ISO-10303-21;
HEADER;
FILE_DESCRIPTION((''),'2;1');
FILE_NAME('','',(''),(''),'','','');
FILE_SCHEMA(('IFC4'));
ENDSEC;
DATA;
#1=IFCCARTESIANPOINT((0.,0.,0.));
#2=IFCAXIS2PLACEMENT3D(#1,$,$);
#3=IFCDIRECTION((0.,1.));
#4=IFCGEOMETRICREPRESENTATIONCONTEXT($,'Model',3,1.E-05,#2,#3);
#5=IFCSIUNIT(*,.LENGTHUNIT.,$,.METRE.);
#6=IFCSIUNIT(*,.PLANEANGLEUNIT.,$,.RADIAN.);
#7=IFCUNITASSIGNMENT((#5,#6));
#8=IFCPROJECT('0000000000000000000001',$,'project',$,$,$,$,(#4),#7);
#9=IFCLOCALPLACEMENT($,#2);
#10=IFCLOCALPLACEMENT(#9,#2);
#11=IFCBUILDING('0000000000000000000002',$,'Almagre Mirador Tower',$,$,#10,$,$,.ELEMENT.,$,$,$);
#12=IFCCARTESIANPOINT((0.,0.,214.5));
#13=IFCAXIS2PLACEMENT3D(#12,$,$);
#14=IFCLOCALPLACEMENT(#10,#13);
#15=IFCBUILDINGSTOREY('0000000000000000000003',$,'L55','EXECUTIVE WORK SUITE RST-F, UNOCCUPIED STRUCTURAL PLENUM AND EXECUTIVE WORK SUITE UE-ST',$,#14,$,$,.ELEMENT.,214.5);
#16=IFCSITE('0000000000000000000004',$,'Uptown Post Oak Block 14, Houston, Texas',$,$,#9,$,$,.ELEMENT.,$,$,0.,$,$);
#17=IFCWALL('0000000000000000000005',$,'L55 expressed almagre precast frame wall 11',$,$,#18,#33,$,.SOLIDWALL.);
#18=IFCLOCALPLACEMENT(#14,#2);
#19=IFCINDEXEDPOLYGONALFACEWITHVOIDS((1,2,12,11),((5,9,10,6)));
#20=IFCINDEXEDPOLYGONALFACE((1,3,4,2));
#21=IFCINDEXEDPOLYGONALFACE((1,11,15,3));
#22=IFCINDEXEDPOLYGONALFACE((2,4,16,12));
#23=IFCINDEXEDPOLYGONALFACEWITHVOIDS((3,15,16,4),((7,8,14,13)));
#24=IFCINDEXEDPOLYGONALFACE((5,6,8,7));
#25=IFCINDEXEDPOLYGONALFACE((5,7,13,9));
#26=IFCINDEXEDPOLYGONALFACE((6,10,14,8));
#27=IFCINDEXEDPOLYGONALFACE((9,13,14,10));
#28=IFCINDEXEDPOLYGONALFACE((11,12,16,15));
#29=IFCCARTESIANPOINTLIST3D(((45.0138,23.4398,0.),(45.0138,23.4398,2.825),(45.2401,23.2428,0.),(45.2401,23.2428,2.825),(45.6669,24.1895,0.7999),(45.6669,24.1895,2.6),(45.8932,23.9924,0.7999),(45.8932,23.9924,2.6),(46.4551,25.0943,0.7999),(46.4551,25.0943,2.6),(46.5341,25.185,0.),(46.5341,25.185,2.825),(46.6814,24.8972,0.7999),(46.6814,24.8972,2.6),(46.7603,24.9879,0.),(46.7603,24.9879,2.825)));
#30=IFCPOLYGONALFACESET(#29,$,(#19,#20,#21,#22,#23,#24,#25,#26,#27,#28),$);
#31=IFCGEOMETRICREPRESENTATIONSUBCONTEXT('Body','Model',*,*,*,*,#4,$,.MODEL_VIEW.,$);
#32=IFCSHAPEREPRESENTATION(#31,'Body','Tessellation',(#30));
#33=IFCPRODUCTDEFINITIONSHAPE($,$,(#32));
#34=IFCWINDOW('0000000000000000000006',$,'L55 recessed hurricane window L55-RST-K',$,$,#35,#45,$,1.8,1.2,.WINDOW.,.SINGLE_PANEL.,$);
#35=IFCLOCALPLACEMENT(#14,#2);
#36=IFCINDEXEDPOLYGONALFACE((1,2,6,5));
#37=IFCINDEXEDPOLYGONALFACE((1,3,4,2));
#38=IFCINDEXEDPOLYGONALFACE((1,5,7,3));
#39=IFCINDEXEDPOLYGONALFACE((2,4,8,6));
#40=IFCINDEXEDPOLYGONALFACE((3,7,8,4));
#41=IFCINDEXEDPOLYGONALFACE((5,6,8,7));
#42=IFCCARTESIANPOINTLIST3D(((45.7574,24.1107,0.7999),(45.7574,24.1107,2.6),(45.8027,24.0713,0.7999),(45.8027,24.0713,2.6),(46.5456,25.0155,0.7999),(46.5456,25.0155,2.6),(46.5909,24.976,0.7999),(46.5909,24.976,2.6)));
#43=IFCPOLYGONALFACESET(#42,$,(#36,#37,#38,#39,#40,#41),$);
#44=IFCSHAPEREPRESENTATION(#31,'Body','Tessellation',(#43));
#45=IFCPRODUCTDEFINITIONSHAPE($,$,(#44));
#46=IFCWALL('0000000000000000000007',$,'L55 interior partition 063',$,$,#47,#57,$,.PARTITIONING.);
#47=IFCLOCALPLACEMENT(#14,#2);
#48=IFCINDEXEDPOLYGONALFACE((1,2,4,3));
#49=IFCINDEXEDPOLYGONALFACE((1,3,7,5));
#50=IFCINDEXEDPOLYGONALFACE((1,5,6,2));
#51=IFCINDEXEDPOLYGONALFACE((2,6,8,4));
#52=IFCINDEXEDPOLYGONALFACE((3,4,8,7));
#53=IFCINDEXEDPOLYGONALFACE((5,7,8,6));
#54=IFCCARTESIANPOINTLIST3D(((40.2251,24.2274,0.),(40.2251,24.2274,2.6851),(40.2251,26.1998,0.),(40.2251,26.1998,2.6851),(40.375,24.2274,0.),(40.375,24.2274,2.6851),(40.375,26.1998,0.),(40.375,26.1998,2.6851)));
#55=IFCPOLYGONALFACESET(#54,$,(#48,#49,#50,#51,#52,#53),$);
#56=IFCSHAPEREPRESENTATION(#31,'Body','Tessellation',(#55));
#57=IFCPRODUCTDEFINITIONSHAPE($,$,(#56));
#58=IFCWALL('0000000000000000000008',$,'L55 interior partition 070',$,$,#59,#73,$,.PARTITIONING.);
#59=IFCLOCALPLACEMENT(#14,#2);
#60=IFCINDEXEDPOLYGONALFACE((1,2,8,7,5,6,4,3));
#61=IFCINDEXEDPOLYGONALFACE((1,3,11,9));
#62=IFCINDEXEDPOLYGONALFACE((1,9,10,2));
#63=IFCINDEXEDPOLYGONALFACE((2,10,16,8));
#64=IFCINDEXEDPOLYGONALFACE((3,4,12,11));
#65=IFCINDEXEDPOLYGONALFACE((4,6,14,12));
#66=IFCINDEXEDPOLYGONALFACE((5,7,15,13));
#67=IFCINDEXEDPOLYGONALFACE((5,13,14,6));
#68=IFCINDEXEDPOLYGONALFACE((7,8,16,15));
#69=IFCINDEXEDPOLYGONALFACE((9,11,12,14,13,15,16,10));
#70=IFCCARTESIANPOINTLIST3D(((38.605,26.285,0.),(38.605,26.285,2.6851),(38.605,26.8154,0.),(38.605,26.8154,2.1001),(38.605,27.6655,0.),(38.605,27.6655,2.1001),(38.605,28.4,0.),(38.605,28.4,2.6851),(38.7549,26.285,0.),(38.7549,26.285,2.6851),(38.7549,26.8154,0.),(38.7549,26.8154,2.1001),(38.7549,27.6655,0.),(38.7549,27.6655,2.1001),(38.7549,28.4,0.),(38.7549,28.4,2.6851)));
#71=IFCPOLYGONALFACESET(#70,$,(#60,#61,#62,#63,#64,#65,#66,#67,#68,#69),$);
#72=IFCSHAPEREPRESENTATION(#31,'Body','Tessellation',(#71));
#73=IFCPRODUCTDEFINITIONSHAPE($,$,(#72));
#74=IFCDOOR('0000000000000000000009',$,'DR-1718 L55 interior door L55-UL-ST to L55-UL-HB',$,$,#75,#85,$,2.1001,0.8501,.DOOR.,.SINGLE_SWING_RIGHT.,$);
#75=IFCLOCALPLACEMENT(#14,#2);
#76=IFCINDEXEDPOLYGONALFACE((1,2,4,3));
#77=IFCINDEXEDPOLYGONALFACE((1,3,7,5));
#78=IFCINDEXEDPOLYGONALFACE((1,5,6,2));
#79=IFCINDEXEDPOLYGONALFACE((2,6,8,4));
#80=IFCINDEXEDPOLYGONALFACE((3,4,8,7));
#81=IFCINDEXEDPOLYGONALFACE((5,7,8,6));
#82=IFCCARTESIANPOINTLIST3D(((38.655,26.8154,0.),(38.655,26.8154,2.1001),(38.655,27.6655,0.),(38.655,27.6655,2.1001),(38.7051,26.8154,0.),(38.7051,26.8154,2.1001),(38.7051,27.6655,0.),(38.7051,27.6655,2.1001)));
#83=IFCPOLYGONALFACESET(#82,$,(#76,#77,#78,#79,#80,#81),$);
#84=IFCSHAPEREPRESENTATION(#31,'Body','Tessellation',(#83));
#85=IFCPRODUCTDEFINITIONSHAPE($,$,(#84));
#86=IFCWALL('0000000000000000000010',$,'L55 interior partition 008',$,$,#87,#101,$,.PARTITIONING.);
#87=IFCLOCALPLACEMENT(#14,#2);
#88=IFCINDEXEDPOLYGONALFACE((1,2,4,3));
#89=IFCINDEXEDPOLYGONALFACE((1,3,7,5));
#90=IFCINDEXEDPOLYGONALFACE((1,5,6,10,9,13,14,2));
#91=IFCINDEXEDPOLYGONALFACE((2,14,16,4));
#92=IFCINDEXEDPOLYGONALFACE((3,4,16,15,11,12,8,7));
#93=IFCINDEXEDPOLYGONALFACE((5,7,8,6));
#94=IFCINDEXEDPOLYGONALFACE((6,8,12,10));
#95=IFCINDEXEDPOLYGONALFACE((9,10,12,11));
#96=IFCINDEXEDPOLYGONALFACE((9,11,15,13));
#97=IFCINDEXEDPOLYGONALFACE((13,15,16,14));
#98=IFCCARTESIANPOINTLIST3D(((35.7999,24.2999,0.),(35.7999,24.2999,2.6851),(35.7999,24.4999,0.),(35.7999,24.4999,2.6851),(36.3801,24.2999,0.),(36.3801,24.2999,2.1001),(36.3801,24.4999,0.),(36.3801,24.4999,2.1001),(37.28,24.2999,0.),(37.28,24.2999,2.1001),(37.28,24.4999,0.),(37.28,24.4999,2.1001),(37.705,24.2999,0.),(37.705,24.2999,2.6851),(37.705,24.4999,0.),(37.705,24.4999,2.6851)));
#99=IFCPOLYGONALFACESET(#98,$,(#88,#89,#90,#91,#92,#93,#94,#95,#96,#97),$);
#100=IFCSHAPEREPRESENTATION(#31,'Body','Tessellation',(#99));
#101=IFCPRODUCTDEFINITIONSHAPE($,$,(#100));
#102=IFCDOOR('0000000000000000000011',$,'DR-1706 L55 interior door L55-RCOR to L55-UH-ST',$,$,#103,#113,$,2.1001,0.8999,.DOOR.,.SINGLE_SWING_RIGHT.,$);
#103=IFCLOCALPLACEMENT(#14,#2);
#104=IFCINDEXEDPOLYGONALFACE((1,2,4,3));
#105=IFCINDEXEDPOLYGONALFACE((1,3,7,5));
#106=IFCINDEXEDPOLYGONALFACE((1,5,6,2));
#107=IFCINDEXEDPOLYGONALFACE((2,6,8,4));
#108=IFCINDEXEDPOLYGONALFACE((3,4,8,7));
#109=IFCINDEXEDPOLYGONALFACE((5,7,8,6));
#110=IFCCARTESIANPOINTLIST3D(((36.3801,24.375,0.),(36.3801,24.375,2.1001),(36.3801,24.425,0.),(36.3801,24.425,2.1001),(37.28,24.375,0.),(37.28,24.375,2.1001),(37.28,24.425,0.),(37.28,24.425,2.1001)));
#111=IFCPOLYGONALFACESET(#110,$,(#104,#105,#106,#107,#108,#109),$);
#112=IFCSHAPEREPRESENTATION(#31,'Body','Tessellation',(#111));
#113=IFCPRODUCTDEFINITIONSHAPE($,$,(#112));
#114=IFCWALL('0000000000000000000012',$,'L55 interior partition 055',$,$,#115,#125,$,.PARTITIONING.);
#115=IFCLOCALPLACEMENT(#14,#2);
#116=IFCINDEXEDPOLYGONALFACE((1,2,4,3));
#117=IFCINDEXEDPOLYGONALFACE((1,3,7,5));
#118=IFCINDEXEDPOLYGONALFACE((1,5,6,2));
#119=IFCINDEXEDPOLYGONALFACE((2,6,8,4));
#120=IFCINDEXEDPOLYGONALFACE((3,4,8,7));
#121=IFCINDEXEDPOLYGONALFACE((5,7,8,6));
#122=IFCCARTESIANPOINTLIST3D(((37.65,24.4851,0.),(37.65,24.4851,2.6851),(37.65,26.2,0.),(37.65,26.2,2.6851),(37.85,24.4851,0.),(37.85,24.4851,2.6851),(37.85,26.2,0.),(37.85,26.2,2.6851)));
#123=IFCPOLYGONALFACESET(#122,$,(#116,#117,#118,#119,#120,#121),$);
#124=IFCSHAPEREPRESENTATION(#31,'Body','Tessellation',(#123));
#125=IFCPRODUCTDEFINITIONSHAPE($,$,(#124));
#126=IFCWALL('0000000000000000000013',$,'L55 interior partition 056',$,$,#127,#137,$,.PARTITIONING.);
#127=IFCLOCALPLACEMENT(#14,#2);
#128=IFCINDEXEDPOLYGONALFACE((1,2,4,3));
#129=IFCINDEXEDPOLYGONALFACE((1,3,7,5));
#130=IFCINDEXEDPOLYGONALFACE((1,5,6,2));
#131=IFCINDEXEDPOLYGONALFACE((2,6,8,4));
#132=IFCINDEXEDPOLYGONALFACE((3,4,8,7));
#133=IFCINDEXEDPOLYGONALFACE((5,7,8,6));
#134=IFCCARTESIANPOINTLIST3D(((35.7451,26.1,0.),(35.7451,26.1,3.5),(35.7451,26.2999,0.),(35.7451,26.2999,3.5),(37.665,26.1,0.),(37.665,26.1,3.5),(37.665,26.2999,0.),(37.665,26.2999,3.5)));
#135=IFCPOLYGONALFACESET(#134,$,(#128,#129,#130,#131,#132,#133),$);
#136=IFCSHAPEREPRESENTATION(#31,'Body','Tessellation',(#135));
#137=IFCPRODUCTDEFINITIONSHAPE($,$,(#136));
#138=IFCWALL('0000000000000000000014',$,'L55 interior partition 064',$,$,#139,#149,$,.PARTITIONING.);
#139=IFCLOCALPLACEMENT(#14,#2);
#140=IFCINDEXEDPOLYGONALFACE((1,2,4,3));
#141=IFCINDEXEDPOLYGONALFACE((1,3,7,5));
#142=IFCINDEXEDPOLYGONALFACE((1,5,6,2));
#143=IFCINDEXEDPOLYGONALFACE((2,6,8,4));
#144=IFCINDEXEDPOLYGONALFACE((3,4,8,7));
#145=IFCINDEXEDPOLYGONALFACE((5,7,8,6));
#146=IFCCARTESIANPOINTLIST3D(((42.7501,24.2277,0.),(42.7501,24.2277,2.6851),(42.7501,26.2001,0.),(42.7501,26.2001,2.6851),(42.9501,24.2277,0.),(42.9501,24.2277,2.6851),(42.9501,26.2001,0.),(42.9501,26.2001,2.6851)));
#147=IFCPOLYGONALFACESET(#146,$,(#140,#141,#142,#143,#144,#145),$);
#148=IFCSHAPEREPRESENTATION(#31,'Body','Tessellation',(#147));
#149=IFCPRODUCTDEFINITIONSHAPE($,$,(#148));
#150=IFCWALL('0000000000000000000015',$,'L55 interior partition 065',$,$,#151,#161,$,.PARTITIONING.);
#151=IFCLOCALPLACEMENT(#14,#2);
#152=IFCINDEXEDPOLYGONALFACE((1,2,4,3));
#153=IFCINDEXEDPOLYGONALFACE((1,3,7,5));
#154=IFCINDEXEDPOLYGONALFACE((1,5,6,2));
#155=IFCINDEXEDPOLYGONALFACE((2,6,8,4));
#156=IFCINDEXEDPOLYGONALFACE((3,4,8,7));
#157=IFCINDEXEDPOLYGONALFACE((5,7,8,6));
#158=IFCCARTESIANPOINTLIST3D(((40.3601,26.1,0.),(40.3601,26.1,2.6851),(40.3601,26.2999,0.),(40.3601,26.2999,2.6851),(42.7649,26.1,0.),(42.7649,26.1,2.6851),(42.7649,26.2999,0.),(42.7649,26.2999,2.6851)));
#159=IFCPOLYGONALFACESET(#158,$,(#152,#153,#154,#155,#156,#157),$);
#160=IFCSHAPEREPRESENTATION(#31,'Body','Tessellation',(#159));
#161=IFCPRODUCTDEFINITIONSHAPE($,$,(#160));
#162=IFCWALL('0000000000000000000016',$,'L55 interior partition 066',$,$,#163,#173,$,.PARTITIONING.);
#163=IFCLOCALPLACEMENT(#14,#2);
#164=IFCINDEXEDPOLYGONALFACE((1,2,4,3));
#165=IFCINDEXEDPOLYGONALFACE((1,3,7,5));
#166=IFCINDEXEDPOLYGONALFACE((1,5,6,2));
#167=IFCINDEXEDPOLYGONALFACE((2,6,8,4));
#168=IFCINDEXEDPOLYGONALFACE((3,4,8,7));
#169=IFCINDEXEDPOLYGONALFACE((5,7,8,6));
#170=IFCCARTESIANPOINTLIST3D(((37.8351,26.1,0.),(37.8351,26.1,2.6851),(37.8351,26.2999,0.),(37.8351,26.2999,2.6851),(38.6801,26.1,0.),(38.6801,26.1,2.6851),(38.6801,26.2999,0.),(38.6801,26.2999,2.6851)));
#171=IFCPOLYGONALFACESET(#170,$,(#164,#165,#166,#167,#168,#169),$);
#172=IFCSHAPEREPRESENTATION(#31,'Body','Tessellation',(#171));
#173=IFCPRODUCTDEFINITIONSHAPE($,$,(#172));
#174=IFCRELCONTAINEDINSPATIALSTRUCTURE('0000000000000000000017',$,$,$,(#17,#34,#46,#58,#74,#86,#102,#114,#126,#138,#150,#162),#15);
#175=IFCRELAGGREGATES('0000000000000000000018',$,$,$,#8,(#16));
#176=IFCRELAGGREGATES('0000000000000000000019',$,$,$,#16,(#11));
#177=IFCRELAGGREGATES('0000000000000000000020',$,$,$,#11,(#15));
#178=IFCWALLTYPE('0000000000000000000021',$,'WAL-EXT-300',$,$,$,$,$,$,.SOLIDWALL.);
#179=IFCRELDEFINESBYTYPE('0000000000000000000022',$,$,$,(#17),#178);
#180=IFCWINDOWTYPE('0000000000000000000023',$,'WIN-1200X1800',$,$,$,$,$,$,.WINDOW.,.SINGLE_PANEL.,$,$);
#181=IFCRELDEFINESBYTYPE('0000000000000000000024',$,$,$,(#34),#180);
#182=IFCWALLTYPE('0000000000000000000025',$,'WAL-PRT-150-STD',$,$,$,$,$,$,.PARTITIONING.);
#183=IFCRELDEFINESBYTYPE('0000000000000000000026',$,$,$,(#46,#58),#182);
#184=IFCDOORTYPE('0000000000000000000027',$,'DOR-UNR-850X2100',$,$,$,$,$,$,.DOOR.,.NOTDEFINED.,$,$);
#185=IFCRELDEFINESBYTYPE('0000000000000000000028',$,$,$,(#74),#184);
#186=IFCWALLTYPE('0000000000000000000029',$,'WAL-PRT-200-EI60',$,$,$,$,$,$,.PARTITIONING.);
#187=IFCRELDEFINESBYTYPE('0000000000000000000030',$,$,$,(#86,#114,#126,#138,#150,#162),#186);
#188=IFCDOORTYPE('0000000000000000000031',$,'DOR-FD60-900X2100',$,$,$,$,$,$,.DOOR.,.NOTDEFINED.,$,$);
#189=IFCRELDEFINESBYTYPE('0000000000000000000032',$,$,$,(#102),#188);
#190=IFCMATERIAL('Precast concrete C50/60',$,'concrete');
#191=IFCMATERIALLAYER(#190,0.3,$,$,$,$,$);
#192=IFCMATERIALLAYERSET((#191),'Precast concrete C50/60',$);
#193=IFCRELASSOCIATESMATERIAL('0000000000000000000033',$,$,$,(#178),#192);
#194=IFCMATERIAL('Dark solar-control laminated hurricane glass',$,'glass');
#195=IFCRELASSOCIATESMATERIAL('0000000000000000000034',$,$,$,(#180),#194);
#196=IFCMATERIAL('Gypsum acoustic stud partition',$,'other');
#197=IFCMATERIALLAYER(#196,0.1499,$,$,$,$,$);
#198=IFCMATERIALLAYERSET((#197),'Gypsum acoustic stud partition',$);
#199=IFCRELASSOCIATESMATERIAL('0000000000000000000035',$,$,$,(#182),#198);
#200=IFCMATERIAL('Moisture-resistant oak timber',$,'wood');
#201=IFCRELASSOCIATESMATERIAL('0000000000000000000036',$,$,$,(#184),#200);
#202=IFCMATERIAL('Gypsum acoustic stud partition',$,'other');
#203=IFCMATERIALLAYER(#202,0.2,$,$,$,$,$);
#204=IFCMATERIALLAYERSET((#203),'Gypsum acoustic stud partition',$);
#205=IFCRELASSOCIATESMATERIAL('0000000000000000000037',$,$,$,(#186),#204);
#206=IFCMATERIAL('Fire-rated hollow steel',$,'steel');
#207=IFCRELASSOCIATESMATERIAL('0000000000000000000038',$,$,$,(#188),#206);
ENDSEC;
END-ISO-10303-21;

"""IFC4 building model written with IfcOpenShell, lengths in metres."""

from ifc_helpers import new_model, si_unit, direction, frame, frame_2d, origin, place, context, subcontext, project, spatial, rectangle, extrude, material, layer, layer_set, type_object, element, fill, save


model = new_model("IFC4")

# Units and contexts
model_context = context("Model", 3, precision=1e-05, world=origin(), true_north=direction((0.0, 1.0)))
body_context = subcontext(model_context, "Body", "Model", "MODEL_VIEW")
ifc_project = project(units=[si_unit("LENGTHUNIT", "METRE"), si_unit("PLANEANGLEUNIT", "RADIAN")], contexts=[model_context])

# Site, building, storey
site_placement = place(None, origin())
site = spatial("IfcSite", under=ifc_project, at=site_placement, Name="Uptown Post Oak Block 14, Houston, Texas", CompositionType="ELEMENT", RefElevation=0.0)
building_placement = place(site_placement, origin())
building = spatial("IfcBuilding", under=site, at=building_placement, Name="Almagre Mirador Tower", CompositionType="ELEMENT")
storey_placement = place(building_placement, frame((0.0, 0.0, 214.5)))
storey = spatial("IfcBuildingStorey", under=building, at=storey_placement, Name="L55", Description="EXECUTIVE WORK SUITE RST-F, UNOCCUPIED STRUCTURAL PLENUM AND EXECUTIVE WORK SUITE UE-ST", CompositionType="ELEMENT", Elevation=214.5)

# Wall, opening, window
ifc_material_1 = material(Name="Precast concrete C50/60", Category="concrete")
ifc_layer_1 = layer(ifc_material_1, 0.3)
ifc_layer_set_1 = layer_set([ifc_layer_1], Name="Precast concrete C50/60")
wall_type_1 = type_object("IfcWallType", Name="WAL-EXT-300", PredefinedType="SOLIDWALL", material=ifc_layer_set_1)
wall_1_placement = place(storey_placement, frame((46.6472, 25.0864, 0.0), z_axis=(0.0, 0.0, 1.0), x_axis=(-0.65686, -0.754012, 0.0)))
wall_1 = element("IfcWall", 1, at=wall_1_placement, inside=storey, type_object=wall_type_1, Name="L55 expressed almagre precast frame wall 11", PredefinedType="SOLIDWALL", context=body_context, shape_type="SweptSolid", body=[
    extrude(rectangle(XDim=2.3145, YDim=0.3, at=frame_2d((1.1572, 0.0))), origin(), (0.0, 0.0, 1.0), 2.825),
])
opening_1_placement = place(wall_1_placement, frame((0.1201, 0.0, 0.8)))
opening_1 = element("IfcOpeningElement", 2, at=opening_1_placement, cuts=wall_1, PredefinedType="OPENING", context=body_context, shape_type="SweptSolid", body=[
    extrude(rectangle(XDim=1.2, YDim=1.8, at=frame_2d((0.6001, 0.8999))), frame((0.0, 0.1599, 0.0), z_axis=(0.0, -1.0, 0.0), x_axis=(1.0, 0.0, 0.0)), (0.0, 0.0, 1.0), 0.32),
])
ifc_material_2 = material(Name="Dark solar-control laminated hurricane glass", Category="glass")
window_type = type_object("IfcWindowType", Name="WIN-1200X1800", PartitioningType="SINGLE_PANEL", PredefinedType="WINDOW", material=ifc_material_2)
window_placement = place(opening_1_placement, origin())
window = element("IfcWindow", 3, at=window_placement, inside=storey, type_object=window_type, Name="L55 recessed hurricane window L55-RST-K", OverallHeight=1.8, OverallWidth=1.2, PartitioningType="SINGLE_PANEL", PredefinedType="WINDOW", context=body_context, shape_type="SweptSolid", body=[
    extrude(rectangle(XDim=1.2, YDim=1.8, at=frame_2d((0.6001, 0.8999))), frame((0.0, 0.03, 0.0), z_axis=(0.0, -1.0, 0.0), x_axis=(1.0, 0.0, 0.0)), (0.0, 0.0, 1.0), 0.0601),
])
fill(opening_1, window)

# Wall
ifc_material_3 = material(Name="Gypsum acoustic stud partition", Category="other")
ifc_layer_2 = layer(ifc_material_3, 0.1499)
ifc_layer_set_2 = layer_set([ifc_layer_2], Name="Gypsum acoustic stud partition")
wall_type_2 = type_object("IfcWallType", Name="WAL-PRT-150-STD", PredefinedType="PARTITIONING", material=ifc_layer_set_2)
wall_2_placement = place(storey_placement, frame((40.3, 26.2, 0.0), z_axis=(0.0, 0.0, 1.0), x_axis=(0.0, -1.0, 0.0)))
element("IfcWall", 4, at=wall_2_placement, inside=storey, type_object=wall_type_2, Name="L55 interior partition 063", PredefinedType="PARTITIONING", context=body_context, shape_type="SweptSolid", body=[
    extrude(rectangle(XDim=1.9724, YDim=0.1499, at=frame_2d((0.9863, 0.0))), origin(), (0.0, 0.0, 1.0), 2.6851),
])

# Walls, openings, doors
wall_3_placement = place(storey_placement, frame((38.6799, 26.2849, 0.0), z_axis=(0.0, 0.0, 1.0), x_axis=(0.0, 1.0, 0.0)))
wall_3 = element("IfcWall", 5, at=wall_3_placement, inside=storey, type_object=wall_type_2, Name="L55 interior partition 070", PredefinedType="PARTITIONING", context=body_context, shape_type="SweptSolid", body=[
    extrude(rectangle(XDim=2.115, YDim=0.1499, at=frame_2d((1.0576, 0.0))), origin(), (0.0, 0.0, 1.0), 2.6851),
])
opening_2_placement = place(wall_3_placement, frame((0.5305, 0.0, 0.0)))
opening_2 = element("IfcOpeningElement", 6, at=opening_2_placement, cuts=wall_3, PredefinedType="OPENING", context=body_context, shape_type="SweptSolid", body=[
    extrude(rectangle(XDim=0.8501, YDim=2.1001, at=frame_2d((0.425, 1.05))), frame((0.0, 0.085, 0.0), z_axis=(0.0, -1.0, 0.0), x_axis=(1.0, 0.0, 0.0)), (0.0, 0.0, 1.0), 0.1699),
])
ifc_material_4 = material(Name="Moisture-resistant oak timber", Category="wood")
door_type_1 = type_object("IfcDoorType", Name="DOR-UNR-850X2100", OperationType="NOTDEFINED", PredefinedType="DOOR", material=ifc_material_4)
door_1_placement = place(opening_2_placement, origin())
door_1 = element("IfcDoor", 7, at=door_1_placement, inside=storey, type_object=door_type_1, Name="DR-1718 L55 interior door L55-UL-ST to L55-UL-HB", OperationType="SINGLE_SWING_RIGHT", OverallHeight=2.1001, OverallWidth=0.8501, PredefinedType="DOOR", context=body_context, shape_type="SweptSolid", body=[
    extrude(rectangle(XDim=0.8501, YDim=2.1001, at=frame_2d((0.425, 1.05))), frame((0.0, 0.0249, 0.0), z_axis=(0.0, -1.0, 0.0), x_axis=(1.0, 0.0, 0.0)), (0.0, 0.0, 1.0), 0.05),
])
fill(opening_2, door_1)
ifc_material_5 = material(Name="Gypsum acoustic stud partition", Category="other")
ifc_layer_3 = layer(ifc_material_5, 0.2)
ifc_layer_set_3 = layer_set([ifc_layer_3], Name="Gypsum acoustic stud partition")
wall_type_3 = type_object("IfcWallType", Name="WAL-PRT-200-EI60", PredefinedType="PARTITIONING", material=ifc_layer_set_3)
wall_4_placement = place(storey_placement, frame((37.7051, 24.3999, 0.0), z_axis=(0.0, 0.0, 1.0), x_axis=(-1.0, 0.0, 0.0)))
wall_4 = element("IfcWall", 8, at=wall_4_placement, inside=storey, type_object=wall_type_3, Name="L55 interior partition 008", PredefinedType="PARTITIONING", context=body_context, shape_type="SweptSolid", body=[
    extrude(rectangle(XDim=1.905, YDim=0.2, at=frame_2d((0.9526, 0.0))), origin(), (0.0, 0.0, 1.0), 2.6851),
])
opening_3_placement = place(wall_4_placement, frame((0.425, 0.0, 0.0)))
opening_3 = element("IfcOpeningElement", 9, at=opening_3_placement, cuts=wall_4, PredefinedType="OPENING", context=body_context, shape_type="SweptSolid", body=[
    extrude(rectangle(XDim=0.8999, YDim=2.1001, at=frame_2d((0.45, 1.05))), frame((0.0, 0.1101, 0.0), z_axis=(0.0, -1.0, 0.0), x_axis=(1.0, 0.0, 0.0)), (0.0, 0.0, 1.0), 0.22),
])
ifc_material_6 = material(Name="Fire-rated hollow steel", Category="steel")
door_type_2 = type_object("IfcDoorType", Name="DOR-FD60-900X2100", OperationType="NOTDEFINED", PredefinedType="DOOR", material=ifc_material_6)
door_2_placement = place(opening_3_placement, origin())
door_2 = element("IfcDoor", 10, at=door_2_placement, inside=storey, type_object=door_type_2, Name="DR-1706 L55 interior door L55-RCOR to L55-UH-ST", OperationType="SINGLE_SWING_RIGHT", OverallHeight=2.1001, OverallWidth=0.8999, PredefinedType="DOOR", context=body_context, shape_type="SweptSolid", body=[
    extrude(rectangle(XDim=0.8999, YDim=2.1001, at=frame_2d((0.45, 1.05))), frame((0.0, 0.0249, 0.0), z_axis=(0.0, -1.0, 0.0), x_axis=(1.0, 0.0, 0.0)), (0.0, 0.0, 1.0), 0.05),
])
fill(opening_3, door_2)

# Walls
wall_5_placement = place(storey_placement, frame((37.75, 24.4851, 0.0), z_axis=(0.0, 0.0, 1.0), x_axis=(0.0, 1.0, 0.0)))
element("IfcWall", 11, at=wall_5_placement, inside=storey, type_object=wall_type_3, Name="L55 interior partition 055", PredefinedType="PARTITIONING", context=body_context, shape_type="SweptSolid", body=[
    extrude(rectangle(XDim=1.7148, YDim=0.2, at=frame_2d((0.8574, 0.0))), origin(), (0.0, 0.0, 1.0), 2.6851),
])
wall_6_placement = place(storey_placement, frame((37.665, 26.2, 0.0), z_axis=(0.0, 0.0, 1.0), x_axis=(-1.0, 0.0, 0.0)))
element("IfcWall", 12, at=wall_6_placement, inside=storey, type_object=wall_type_3, Name="L55 interior partition 056", PredefinedType="PARTITIONING", context=body_context, shape_type="SweptSolid", body=[
    extrude(rectangle(XDim=1.9199, YDim=0.2, at=frame_2d((0.96, 0.0))), origin(), (0.0, 0.0, 1.0), 3.5),
])
wall_7_placement = place(storey_placement, frame((42.8501, 24.2275, 0.0), z_axis=(0.0, 0.0, 1.0), x_axis=(0.0, 1.0, 0.0)))
element("IfcWall", 13, at=wall_7_placement, inside=storey, type_object=wall_type_3, Name="L55 interior partition 064", PredefinedType="PARTITIONING", context=body_context, shape_type="SweptSolid", body=[
    extrude(rectangle(XDim=1.9724, YDim=0.2, at=frame_2d((0.9863, 0.0))), origin(), (0.0, 0.0, 1.0), 2.6851),
])
wall_8_placement = place(storey_placement, frame((42.7649, 26.2, 0.0), z_axis=(0.0, 0.0, 1.0), x_axis=(-1.0, 0.0, 0.0)))
element("IfcWall", 14, at=wall_8_placement, inside=storey, type_object=wall_type_3, Name="L55 interior partition 065", PredefinedType="PARTITIONING", context=body_context, shape_type="SweptSolid", body=[
    extrude(rectangle(XDim=2.4048, YDim=0.2, at=frame_2d((1.2024, 0.0))), origin(), (0.0, 0.0, 1.0), 2.6851),
])
wall_9_placement = place(storey_placement, frame((38.6799, 26.2, 0.0), z_axis=(0.0, 0.0, 1.0), x_axis=(-1.0, 0.0, 0.0)))
element("IfcWall", 15, at=wall_9_placement, inside=storey, type_object=wall_type_3, Name="L55 interior partition 066", PredefinedType="PARTITIONING", context=body_context, shape_type="SweptSolid", body=[
    extrude(rectangle(XDim=0.845, YDim=0.2, at=frame_2d((0.4224, 0.0))), origin(), (0.0, 0.0, 1.0), 2.6851),
])

save(model, "model.ifc")
